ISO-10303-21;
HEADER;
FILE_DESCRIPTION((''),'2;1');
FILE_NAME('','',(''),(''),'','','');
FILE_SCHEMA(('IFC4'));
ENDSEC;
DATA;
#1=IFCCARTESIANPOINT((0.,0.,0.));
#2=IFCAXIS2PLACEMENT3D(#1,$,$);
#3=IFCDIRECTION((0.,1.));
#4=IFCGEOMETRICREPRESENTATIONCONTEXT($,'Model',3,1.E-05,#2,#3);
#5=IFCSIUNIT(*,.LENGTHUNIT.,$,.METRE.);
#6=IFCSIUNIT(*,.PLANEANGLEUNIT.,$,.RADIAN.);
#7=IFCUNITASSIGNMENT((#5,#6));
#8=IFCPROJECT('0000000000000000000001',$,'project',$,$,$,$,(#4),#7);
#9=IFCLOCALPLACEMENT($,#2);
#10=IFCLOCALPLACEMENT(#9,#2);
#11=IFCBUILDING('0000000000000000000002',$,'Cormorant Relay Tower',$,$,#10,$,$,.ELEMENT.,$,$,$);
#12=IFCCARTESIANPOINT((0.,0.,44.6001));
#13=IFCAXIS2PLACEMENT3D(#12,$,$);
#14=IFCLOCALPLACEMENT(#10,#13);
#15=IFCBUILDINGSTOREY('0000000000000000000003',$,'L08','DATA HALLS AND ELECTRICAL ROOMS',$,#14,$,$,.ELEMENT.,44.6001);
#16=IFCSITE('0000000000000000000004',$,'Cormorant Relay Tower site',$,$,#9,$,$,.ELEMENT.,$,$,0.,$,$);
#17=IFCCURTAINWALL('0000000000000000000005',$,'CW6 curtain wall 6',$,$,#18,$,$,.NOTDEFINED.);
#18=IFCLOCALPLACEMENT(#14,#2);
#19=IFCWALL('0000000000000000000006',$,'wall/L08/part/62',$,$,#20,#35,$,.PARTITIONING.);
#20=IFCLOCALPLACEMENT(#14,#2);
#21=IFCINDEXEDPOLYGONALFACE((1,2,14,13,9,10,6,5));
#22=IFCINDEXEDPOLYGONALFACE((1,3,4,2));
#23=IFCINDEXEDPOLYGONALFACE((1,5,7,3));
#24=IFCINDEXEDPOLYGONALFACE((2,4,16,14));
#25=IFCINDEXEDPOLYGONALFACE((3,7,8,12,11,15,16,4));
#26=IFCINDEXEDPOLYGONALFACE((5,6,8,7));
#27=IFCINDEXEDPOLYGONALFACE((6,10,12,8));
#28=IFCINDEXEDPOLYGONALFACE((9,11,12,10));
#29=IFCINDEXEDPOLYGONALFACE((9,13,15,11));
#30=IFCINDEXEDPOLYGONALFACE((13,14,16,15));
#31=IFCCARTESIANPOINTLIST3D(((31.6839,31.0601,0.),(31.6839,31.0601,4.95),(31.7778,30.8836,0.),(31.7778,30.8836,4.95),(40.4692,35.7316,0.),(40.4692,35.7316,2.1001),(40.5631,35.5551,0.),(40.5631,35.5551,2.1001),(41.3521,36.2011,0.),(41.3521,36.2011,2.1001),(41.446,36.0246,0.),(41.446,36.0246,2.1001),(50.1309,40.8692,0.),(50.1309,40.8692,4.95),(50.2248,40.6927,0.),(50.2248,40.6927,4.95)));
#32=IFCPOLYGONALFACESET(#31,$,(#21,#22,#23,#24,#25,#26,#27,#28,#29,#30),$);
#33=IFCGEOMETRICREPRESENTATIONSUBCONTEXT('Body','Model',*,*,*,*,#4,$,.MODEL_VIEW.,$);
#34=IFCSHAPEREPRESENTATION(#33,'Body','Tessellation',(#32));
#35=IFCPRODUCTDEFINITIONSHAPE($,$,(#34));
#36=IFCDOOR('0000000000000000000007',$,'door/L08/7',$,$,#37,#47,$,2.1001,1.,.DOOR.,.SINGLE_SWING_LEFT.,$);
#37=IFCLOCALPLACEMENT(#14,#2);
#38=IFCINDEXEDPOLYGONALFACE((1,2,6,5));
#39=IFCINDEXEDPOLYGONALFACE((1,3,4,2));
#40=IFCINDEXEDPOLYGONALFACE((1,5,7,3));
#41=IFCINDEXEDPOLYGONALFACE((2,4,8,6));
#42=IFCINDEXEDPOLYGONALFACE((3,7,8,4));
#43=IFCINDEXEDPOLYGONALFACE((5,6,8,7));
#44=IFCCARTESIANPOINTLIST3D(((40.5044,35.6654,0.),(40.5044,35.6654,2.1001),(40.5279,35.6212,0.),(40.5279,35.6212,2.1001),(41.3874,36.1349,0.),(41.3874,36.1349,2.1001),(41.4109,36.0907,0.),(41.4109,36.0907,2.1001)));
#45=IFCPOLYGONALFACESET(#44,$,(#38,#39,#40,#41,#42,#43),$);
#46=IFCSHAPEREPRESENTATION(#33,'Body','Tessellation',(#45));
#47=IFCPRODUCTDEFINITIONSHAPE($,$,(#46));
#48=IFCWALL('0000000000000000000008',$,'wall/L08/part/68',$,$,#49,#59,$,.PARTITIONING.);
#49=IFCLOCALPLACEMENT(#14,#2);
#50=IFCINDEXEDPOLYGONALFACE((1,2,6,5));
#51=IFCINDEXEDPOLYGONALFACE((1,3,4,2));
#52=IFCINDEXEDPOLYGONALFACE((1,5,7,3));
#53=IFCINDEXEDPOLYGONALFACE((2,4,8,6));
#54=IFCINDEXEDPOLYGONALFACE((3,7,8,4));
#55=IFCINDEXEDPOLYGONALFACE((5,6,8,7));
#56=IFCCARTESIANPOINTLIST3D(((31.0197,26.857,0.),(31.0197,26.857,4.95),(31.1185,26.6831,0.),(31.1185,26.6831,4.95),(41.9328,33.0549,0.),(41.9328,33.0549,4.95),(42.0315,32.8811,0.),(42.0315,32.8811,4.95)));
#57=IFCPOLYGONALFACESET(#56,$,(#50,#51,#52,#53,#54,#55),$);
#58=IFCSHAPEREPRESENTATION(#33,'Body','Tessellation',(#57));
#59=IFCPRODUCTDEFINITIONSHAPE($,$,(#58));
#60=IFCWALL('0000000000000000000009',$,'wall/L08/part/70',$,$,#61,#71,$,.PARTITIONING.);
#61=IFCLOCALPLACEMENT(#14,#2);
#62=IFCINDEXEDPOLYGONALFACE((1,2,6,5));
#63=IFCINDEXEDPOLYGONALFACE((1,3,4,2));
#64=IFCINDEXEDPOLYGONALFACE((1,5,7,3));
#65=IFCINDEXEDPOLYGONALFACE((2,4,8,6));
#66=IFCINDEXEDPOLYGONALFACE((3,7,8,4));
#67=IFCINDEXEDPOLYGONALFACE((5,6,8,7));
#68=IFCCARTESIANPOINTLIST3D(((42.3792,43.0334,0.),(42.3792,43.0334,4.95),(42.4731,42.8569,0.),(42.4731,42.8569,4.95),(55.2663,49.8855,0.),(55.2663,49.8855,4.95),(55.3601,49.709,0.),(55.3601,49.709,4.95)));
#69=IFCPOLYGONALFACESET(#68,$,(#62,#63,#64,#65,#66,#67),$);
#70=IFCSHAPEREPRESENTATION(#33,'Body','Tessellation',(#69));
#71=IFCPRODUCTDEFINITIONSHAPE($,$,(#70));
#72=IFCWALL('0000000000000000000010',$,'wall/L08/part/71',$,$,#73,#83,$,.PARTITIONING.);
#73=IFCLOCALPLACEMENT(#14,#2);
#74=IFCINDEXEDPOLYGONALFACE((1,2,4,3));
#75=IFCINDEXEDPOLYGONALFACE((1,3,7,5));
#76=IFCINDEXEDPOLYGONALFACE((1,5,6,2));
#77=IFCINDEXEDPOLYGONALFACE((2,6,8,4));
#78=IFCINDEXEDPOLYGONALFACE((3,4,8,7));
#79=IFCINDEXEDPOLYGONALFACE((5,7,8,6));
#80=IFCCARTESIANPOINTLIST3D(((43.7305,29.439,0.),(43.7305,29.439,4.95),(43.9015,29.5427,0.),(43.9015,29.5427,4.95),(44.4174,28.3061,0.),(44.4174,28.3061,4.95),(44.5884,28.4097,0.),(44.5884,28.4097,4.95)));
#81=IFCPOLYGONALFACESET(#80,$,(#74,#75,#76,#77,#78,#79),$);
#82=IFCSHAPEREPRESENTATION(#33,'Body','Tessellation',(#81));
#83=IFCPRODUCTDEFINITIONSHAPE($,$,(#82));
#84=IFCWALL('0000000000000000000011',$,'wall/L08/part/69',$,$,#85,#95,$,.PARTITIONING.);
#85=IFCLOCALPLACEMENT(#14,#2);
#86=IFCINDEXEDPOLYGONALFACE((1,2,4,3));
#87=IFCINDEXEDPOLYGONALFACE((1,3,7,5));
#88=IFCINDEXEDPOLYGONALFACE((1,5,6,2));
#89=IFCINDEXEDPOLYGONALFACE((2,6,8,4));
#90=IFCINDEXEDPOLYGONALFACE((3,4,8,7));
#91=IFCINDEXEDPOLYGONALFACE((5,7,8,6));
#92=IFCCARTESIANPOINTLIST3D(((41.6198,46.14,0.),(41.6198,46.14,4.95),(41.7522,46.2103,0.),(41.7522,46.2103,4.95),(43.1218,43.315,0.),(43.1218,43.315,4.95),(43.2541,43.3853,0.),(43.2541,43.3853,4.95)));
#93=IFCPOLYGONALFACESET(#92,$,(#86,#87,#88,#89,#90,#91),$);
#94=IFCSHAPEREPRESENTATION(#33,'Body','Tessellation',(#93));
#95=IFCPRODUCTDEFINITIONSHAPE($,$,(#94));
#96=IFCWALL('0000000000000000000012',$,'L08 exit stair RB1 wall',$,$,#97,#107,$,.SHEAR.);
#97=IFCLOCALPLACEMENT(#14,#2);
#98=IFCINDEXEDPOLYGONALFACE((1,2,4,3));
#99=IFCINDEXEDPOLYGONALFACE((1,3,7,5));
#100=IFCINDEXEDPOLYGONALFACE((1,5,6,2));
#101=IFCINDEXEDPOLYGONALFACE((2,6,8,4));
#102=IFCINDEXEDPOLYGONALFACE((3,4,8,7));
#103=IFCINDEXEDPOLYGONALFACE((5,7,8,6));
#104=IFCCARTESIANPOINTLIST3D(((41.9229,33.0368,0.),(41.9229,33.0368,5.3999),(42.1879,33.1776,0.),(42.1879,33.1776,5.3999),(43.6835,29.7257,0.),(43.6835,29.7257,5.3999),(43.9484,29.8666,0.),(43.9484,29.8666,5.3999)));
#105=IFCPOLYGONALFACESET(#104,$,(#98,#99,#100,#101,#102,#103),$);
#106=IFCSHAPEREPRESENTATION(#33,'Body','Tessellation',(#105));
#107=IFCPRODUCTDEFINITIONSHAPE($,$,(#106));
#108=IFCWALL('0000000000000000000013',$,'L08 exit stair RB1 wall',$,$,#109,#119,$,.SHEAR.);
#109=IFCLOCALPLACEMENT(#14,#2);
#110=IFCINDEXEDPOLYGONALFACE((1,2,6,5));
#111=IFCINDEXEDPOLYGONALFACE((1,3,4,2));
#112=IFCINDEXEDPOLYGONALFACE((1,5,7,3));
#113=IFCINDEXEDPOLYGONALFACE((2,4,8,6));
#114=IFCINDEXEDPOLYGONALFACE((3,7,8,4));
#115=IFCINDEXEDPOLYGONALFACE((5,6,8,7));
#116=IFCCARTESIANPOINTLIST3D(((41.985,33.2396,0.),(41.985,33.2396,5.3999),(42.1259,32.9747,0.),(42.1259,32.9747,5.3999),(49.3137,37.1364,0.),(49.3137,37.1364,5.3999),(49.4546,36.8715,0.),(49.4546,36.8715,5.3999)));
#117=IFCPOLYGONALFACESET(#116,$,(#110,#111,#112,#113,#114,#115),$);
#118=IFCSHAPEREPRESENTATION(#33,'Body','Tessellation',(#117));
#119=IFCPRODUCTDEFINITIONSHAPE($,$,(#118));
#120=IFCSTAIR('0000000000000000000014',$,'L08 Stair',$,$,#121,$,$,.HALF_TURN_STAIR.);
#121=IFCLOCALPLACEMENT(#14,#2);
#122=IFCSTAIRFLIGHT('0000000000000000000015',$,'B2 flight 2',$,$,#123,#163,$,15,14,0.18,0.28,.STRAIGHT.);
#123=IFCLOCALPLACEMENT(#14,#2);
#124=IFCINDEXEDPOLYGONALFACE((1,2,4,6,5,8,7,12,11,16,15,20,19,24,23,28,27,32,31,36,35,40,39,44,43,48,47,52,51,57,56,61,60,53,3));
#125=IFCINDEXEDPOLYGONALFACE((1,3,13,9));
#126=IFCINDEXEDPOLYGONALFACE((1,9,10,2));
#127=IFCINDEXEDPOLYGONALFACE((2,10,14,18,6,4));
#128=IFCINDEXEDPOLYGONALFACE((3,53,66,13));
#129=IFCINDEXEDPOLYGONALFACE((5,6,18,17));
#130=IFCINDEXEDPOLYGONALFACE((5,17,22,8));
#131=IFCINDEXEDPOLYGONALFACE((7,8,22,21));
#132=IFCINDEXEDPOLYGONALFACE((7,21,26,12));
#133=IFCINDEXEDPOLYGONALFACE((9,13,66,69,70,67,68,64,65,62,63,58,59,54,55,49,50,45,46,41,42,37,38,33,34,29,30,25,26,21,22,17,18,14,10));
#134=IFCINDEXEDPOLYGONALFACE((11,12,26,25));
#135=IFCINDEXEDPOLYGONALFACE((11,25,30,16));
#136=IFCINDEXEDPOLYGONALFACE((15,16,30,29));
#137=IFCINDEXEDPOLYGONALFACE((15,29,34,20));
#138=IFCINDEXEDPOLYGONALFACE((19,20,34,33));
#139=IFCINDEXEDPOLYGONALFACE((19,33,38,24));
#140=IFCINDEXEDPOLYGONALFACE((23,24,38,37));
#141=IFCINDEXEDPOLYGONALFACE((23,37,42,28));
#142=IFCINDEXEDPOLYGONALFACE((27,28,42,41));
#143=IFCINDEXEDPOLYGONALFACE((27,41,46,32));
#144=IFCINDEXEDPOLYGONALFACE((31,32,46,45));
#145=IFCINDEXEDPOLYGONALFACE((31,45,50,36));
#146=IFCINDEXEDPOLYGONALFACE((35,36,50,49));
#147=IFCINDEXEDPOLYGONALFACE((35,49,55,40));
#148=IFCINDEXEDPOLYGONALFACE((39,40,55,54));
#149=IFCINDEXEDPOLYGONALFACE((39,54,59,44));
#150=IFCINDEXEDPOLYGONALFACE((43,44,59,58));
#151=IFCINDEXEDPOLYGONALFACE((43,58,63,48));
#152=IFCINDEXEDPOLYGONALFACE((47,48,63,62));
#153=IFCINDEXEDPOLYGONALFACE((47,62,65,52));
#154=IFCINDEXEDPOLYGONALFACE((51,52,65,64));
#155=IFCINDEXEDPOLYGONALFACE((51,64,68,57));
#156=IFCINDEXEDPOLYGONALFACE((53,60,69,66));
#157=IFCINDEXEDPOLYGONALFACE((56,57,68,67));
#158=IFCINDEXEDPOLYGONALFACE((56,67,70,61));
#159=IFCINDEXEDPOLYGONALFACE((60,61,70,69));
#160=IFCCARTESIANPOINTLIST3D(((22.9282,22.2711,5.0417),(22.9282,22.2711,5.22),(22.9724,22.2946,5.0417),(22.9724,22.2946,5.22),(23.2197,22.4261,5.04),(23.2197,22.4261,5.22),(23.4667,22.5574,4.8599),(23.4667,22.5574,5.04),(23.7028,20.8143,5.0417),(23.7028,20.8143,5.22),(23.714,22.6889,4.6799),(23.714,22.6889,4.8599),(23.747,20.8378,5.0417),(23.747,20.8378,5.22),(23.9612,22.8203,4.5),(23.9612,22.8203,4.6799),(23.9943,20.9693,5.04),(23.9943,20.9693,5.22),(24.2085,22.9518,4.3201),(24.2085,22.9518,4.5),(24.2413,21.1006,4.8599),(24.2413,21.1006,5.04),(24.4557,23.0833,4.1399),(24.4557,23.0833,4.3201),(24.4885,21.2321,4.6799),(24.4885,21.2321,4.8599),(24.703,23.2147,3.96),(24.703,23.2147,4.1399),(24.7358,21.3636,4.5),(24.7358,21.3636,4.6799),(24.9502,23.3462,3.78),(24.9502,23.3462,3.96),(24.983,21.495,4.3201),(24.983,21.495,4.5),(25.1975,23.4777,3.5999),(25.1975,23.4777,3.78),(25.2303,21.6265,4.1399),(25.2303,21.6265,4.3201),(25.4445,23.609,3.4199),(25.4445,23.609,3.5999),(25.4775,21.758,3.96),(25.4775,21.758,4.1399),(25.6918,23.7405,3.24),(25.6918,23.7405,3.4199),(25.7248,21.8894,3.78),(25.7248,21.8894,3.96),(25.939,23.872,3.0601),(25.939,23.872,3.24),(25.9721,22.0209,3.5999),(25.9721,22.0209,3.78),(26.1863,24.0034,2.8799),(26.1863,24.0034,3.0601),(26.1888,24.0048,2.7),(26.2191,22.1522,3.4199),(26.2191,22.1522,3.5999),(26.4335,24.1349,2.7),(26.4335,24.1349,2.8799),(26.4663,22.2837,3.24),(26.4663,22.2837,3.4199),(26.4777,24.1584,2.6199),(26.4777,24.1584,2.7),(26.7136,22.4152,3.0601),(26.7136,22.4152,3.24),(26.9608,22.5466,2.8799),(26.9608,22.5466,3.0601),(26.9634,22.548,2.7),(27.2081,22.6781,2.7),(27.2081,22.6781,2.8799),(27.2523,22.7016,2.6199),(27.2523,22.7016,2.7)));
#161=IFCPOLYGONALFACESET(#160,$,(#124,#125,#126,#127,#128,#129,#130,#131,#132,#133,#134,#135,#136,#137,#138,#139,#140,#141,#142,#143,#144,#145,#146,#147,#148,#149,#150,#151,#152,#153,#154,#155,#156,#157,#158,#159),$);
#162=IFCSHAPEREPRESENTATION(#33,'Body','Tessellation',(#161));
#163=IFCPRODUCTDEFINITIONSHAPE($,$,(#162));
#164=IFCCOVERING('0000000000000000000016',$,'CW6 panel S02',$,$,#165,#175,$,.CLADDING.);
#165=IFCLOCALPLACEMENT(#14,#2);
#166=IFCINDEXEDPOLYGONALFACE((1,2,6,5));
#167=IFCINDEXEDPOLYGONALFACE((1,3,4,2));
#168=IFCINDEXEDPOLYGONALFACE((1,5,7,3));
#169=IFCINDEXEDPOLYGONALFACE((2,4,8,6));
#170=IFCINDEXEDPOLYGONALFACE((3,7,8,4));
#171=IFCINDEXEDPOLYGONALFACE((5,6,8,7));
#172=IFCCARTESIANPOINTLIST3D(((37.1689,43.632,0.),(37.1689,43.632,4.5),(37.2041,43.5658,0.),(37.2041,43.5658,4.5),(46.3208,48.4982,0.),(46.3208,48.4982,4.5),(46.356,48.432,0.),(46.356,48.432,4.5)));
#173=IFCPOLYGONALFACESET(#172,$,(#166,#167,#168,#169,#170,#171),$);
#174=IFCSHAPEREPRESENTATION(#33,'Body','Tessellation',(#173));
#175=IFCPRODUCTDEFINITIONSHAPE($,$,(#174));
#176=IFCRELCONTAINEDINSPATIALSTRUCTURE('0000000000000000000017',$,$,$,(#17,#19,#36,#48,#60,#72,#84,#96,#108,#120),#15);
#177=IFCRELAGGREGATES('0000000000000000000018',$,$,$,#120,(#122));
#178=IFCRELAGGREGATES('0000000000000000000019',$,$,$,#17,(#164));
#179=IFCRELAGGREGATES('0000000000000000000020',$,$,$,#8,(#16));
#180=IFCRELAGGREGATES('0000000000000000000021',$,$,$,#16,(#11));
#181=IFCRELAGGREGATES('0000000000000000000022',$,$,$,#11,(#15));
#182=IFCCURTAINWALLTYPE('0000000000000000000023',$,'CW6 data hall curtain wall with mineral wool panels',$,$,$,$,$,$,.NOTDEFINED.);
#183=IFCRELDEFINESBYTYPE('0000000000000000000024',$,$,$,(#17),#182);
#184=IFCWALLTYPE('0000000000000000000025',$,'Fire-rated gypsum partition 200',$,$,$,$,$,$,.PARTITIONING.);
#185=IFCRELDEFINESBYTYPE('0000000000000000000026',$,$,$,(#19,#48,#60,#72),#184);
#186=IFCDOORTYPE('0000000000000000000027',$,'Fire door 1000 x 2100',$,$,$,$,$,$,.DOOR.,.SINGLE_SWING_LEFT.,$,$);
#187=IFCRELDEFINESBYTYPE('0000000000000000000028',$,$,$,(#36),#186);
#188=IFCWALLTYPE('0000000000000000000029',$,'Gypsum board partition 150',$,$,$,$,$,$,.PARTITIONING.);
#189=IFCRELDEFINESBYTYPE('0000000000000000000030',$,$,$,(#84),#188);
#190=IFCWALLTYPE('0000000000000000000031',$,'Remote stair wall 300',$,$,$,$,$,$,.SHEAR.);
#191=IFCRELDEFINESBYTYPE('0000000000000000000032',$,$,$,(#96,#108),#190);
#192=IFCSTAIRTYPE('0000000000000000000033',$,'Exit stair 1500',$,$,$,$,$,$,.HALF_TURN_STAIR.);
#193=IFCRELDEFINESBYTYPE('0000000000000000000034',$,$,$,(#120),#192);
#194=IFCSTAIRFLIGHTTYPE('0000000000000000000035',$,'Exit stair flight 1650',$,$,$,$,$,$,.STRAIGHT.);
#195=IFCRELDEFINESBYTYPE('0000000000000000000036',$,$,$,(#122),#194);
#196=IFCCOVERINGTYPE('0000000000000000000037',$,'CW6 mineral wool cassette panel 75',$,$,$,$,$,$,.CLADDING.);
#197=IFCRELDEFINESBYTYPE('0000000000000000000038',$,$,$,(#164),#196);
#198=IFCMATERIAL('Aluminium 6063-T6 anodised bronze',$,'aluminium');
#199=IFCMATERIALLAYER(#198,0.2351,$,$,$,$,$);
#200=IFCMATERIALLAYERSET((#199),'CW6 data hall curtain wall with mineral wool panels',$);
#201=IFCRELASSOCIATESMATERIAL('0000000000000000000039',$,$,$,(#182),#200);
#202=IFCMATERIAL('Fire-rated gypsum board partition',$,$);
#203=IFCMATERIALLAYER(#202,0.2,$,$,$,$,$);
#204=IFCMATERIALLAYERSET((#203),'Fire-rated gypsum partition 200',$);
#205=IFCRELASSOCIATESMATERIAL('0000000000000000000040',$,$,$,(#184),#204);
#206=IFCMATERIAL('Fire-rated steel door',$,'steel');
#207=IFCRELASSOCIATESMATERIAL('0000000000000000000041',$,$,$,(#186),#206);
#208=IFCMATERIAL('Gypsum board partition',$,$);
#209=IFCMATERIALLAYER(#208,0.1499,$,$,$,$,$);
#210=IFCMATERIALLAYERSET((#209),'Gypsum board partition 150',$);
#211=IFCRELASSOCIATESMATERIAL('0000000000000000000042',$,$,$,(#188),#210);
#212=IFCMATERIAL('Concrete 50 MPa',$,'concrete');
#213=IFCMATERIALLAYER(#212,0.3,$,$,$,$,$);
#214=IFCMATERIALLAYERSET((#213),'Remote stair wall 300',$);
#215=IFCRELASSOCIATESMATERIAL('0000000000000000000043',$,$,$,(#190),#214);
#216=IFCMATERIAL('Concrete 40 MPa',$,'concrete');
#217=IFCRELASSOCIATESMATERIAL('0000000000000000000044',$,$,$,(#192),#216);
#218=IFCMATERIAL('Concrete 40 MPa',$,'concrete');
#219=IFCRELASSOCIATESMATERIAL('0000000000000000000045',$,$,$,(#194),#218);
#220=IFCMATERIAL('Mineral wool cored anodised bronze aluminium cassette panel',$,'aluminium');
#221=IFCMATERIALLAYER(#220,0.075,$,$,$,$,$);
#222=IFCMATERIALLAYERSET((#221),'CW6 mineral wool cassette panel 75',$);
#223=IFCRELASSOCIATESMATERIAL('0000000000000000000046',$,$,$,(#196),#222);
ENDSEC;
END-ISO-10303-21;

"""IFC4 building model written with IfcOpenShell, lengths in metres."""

from ifc_helpers import new_model, si_unit, direction, frame, frame_2d, origin, origin_2d, place, context, subcontext, project, spatial, polyline, rectangle, outline, extrude, material, layer, layer_set, type_object, element, fill, aggregate, save


model = new_model("IFC4")

# Units and contexts
model_context = context("Model", 3, precision=1e-05, world=origin(), true_north=direction((0.0, 1.0)))
body_context = subcontext(model_context, "Body", "Model", "MODEL_VIEW")
ifc_project = project(units=[si_unit("LENGTHUNIT", "METRE"), si_unit("PLANEANGLEUNIT", "RADIAN")], contexts=[model_context])

# Site, building, storey
site_placement = place(None, origin())
site = spatial("IfcSite", under=ifc_project, at=site_placement, Name="Cormorant Relay Tower site", CompositionType="ELEMENT", RefElevation=0.0)
building_placement = place(site_placement, origin())
building = spatial("IfcBuilding", under=site, at=building_placement, Name="Cormorant Relay Tower", CompositionType="ELEMENT")
storey_placement = place(building_placement, frame((0.0, 0.0, 44.6001)))
storey = spatial("IfcBuildingStorey", under=building, at=storey_placement, Name="L08", Description="DATA HALLS AND ELECTRICAL ROOMS", CompositionType="ELEMENT", Elevation=44.6001)

# Curtain wall
ifc_material_1 = material(Name="Aluminium 6063-T6 anodised bronze", Category="aluminium")
ifc_layer_1 = layer(ifc_material_1, 0.2351)
ifc_layer_set_1 = layer_set([ifc_layer_1], Name="CW6 data hall curtain wall with mineral wool panels")
curtain_wall_type = type_object("IfcCurtainWallType", Name="CW6 data hall curtain wall with mineral wool panels", PredefinedType="NOTDEFINED", material=ifc_layer_set_1)
curtain_wall_placement = place(storey_placement, origin())
curtain_wall = element("IfcCurtainWall", 1, at=curtain_wall_placement, inside=storey, type_object=curtain_wall_type, Name="CW6 curtain wall 6", PredefinedType="NOTDEFINED")

# Shared definitions
ifc_material_2 = material(Name="Fire-rated gypsum board partition")
ifc_layer_2 = layer(ifc_material_2, 0.2)
ifc_layer_set_2 = layer_set([ifc_layer_2], Name="Fire-rated gypsum partition 200")
wall_type_1 = type_object("IfcWallType", Name="Fire-rated gypsum partition 200", PredefinedType="PARTITIONING", material=ifc_layer_set_2)

# Wall, opening, door
wall_1_placement = place(storey_placement, frame((31.731, 30.9719, 0.0), z_axis=(0.0, 0.0, 1.0), x_axis=(0.882935, 0.469495, 0.0)))
wall_1 = element("IfcWall", 2, at=wall_1_placement, inside=storey, type_object=wall_type_1, Name="wall/L08/part/62", PredefinedType="PARTITIONING", context=body_context, shape_type="SweptSolid", body=[
    extrude(rectangle(XDim=20.8928, YDim=0.2, at=frame_2d((10.4463, 0.0))), origin(), (0.0, 0.0, 1.0), 4.95),
])
opening_placement = place(wall_1_placement, frame((9.95, 0.0, 0.0)))
opening = element("IfcOpeningElement", 3, at=opening_placement, cuts=wall_1, PredefinedType="OPENING", context=body_context, shape_type="SweptSolid", body=[
    extrude(rectangle(XDim=1.0, YDim=2.1001, at=frame_2d((0.5, 1.05))), frame((0.0, 0.1099, 0.0), z_axis=(0.0, -1.0, 0.0), x_axis=(1.0, 0.0, 0.0)), (0.0, 0.0, 1.0), 0.22),
])
ifc_material_3 = material(Name="Fire-rated steel door", Category="steel")
door_type = type_object("IfcDoorType", Name="Fire door 1000 x 2100", OperationType="SINGLE_SWING_LEFT", PredefinedType="DOOR", material=ifc_material_3)
door_placement = place(opening_placement, origin())
door = element("IfcDoor", 4, at=door_placement, inside=storey, type_object=door_type, Name="door/L08/7", OperationType="SINGLE_SWING_LEFT", OverallHeight=2.1001, OverallWidth=1.0, PredefinedType="DOOR", context=body_context, shape_type="SweptSolid", body=[
    extrude(rectangle(XDim=1.0, YDim=2.1001, at=frame_2d((0.5, 1.05))), frame((0.0, 0.0249, 0.0), z_axis=(0.0, -1.0, 0.0), x_axis=(1.0, 0.0, 0.0)), (0.0, 0.0, 1.0), 0.05),
])
fill(opening, door)

# Walls
wall_2_placement = place(storey_placement, frame((31.0691, 26.77, 0.0), z_axis=(0.0, 0.0, 1.0), x_axis=(0.869546, 0.493852, 0.0)))
element("IfcWall", 5, at=wall_2_placement, inside=storey, type_object=wall_type_1, Name="wall/L08/part/68", PredefinedType="PARTITIONING", context=body_context, shape_type="SweptSolid", body=[
    extrude(rectangle(XDim=12.5503, YDim=0.2, at=frame_2d((6.2751, 0.0))), origin(), (0.0, 0.0, 1.0), 4.95),
])
wall_3_placement = place(storey_placement, frame((42.426, 42.9451, 0.0), z_axis=(0.0, 0.0, 1.0), x_axis=(0.88295, 0.469468, 0.0)))
element("IfcWall", 6, at=wall_3_placement, inside=storey, type_object=wall_type_1, Name="wall/L08/part/70", PredefinedType="PARTITIONING", context=body_context, shape_type="SweptSolid", body=[
    extrude(rectangle(XDim=14.5955, YDim=0.2, at=frame_2d((7.2979, 0.0))), origin(), (0.0, 0.0, 1.0), 4.95),
])
wall_4_placement = place(storey_placement, frame((43.8159, 29.491, 0.0), z_axis=(0.0, 0.0, 1.0), x_axis=(0.518473, -0.855094, 0.0)))
element("IfcWall", 7, at=wall_4_placement, inside=storey, type_object=wall_type_1, Name="wall/L08/part/71", PredefinedType="PARTITIONING", context=body_context, shape_type="SweptSolid", body=[
    extrude(rectangle(XDim=1.325, YDim=0.2, at=frame_2d((0.6626, 0.0))), origin(), (0.0, 0.0, 1.0), 4.95),
])
ifc_material_4 = material(Name="Gypsum board partition")
ifc_layer_3 = layer(ifc_material_4, 0.1499)
ifc_layer_set_3 = layer_set([ifc_layer_3], Name="Gypsum board partition 150")
wall_type_2 = type_object("IfcWallType", Name="Gypsum board partition 150", PredefinedType="PARTITIONING", material=ifc_layer_set_3)
wall_5_placement = place(storey_placement, frame((41.686, 46.175, 0.0), z_axis=(0.0, 0.0, 1.0), x_axis=(0.469447, -0.882961, 0.0)))
element("IfcWall", 8, at=wall_5_placement, inside=storey, type_object=wall_type_2, Name="wall/L08/part/69", PredefinedType="PARTITIONING", context=body_context, shape_type="SweptSolid", body=[
    extrude(rectangle(XDim=3.1995, YDim=0.1499, at=frame_2d((1.5996, 0.0))), origin(), (0.0, 0.0, 1.0), 4.95),
])
ifc_material_5 = material(Name="Concrete 50 MPa", Category="concrete")
ifc_layer_4 = layer(ifc_material_5, 0.3)
ifc_layer_set_4 = layer_set([ifc_layer_4], Name="Remote stair wall 300")
wall_type_3 = type_object("IfcWallType", Name="Remote stair wall 300", PredefinedType="SHEAR", material=ifc_layer_set_4)
wall_6_placement = place(storey_placement, frame((43.8159, 29.7961, 0.0), z_axis=(0.0, 0.0, 1.0), x_axis=(-0.469469, 0.882949, 0.0)))
element("IfcWall", 9, at=wall_6_placement, inside=storey, type_object=wall_type_3, Name="L08 exit stair RB1 wall", PredefinedType="SHEAR", context=body_context, shape_type="SweptSolid", body=[
    extrude(rectangle(XDim=3.75, YDim=0.3, at=frame_2d((1.875, 0.0))), origin(), (0.0, 0.0, 1.0), 5.3999),
])
wall_7_placement = place(storey_placement, frame((42.0554, 33.1072, 0.0), z_axis=(0.0, 0.0, 1.0), x_axis=(0.882946, 0.469475, 0.0)))
element("IfcWall", 10, at=wall_7_placement, inside=storey, type_object=wall_type_3, Name="L08 exit stair RB1 wall", PredefinedType="SHEAR", context=body_context, shape_type="SweptSolid", body=[
    extrude(rectangle(XDim=8.3003, YDim=0.3, at=frame_2d((4.1501, 0.0))), origin(), (0.0, 0.0, 1.0), 5.3999),
])

# Stair, stair flight
ifc_material_6 = material(Name="Concrete 40 MPa", Category="concrete")
stair_type = type_object("IfcStairType", Name="Exit stair 1500", PredefinedType="HALF_TURN_STAIR", material=ifc_material_6)
stair_placement = place(storey_placement, origin())
stair = element("IfcStair", 11, at=stair_placement, inside=storey, type_object=stair_type, Name="L08 Stair", PredefinedType="HALF_TURN_STAIR")
ifc_material_7 = material(Name="Concrete 40 MPa", Category="concrete")
stair_flight_type = type_object("IfcStairFlightType", Name="Exit stair flight 1650", PredefinedType="STRAIGHT", material=ifc_material_7)
stair_flight_placement = place(storey_placement, frame((26.8208, 23.4065, 2.7), z_axis=(0.0, 0.0, 1.0), x_axis=(-0.882948, -0.469472, 0.0)))
stair_flight = element("IfcStairFlight", 12, at=stair_flight_placement, type_object=stair_flight_type, Name="B2 flight 2", NumberOfRisers=15, NumberOfTreads=14, PredefinedType="STRAIGHT", RiserHeight=0.18, TreadLength=0.28, context=body_context, shape_type="SweptSolid", body=[
    extrude(outline(polyline([(-0.05, -0.0801), (-0.05, 0.0), (0.0, 0.0), (0.0, 0.1799), (0.28, 0.1799), (0.28, 0.3601), (0.5601, 0.3601), (0.5601, 0.54), (0.8401, 0.54), (0.8401, 0.72), (1.1201, 0.72), (1.1201, 0.8999), (1.3999, 0.8999), (1.3999, 1.0801), (1.6799, 1.0801), (1.6799, 1.26), (1.96, 1.26), (1.96, 1.4399), (2.24, 1.4399), (2.24, 1.6201), (2.52, 1.6201), (2.52, 1.8), (2.8, 1.8), (2.8, 1.98), (3.0801, 1.98), (3.0801, 2.1599), (3.3601, 2.1599), (3.3601, 2.3401), (3.6399, 2.3401), (3.6399, 2.52), (3.9199, 2.52), (3.97, 2.52), (3.97, 2.3418), (3.9199, 2.3418), (0.2771, 0.0), (-0.05, -0.0801)])), frame((0.0, 0.825, 0.0), z_axis=(0.0, -1.0, 0.0), x_axis=(1.0, 0.0, 0.0)), (0.0, 0.0, 1.0), 1.6499),
])
aggregate(stair, [stair_flight])

# Covering
ifc_material_8 = material(Name="Mineral wool cored anodised bronze aluminium cassette panel", Category="aluminium")
ifc_layer_5 = layer(ifc_material_8, 0.075)
ifc_layer_set_5 = layer_set([ifc_layer_5], Name="CW6 mineral wool cassette panel 75")
covering_type = type_object("IfcCoveringType", Name="CW6 mineral wool cassette panel 75", PredefinedType="CLADDING", material=ifc_layer_set_5)
covering_1_placement = place(storey_placement, frame((41.7625, 46.032, 0.0), z_axis=(0.0, 0.0, 1.0), x_axis=(-0.882948, -0.469472, 0.0)))
covering_1 = element("IfcCovering", 13, at=covering_1_placement, type_object=covering_type, Name="CW6 panel S02", PredefinedType="CLADDING", context=body_context, shape_type="SweptSolid", body=[
    extrude(rectangle(XDim=10.3652, YDim=0.075, at=origin_2d()), origin(), (0.0, 0.0, 1.0), 4.5),
])
aggregate(curtain_wall, [covering_1])

save(model, "model.ifc")
